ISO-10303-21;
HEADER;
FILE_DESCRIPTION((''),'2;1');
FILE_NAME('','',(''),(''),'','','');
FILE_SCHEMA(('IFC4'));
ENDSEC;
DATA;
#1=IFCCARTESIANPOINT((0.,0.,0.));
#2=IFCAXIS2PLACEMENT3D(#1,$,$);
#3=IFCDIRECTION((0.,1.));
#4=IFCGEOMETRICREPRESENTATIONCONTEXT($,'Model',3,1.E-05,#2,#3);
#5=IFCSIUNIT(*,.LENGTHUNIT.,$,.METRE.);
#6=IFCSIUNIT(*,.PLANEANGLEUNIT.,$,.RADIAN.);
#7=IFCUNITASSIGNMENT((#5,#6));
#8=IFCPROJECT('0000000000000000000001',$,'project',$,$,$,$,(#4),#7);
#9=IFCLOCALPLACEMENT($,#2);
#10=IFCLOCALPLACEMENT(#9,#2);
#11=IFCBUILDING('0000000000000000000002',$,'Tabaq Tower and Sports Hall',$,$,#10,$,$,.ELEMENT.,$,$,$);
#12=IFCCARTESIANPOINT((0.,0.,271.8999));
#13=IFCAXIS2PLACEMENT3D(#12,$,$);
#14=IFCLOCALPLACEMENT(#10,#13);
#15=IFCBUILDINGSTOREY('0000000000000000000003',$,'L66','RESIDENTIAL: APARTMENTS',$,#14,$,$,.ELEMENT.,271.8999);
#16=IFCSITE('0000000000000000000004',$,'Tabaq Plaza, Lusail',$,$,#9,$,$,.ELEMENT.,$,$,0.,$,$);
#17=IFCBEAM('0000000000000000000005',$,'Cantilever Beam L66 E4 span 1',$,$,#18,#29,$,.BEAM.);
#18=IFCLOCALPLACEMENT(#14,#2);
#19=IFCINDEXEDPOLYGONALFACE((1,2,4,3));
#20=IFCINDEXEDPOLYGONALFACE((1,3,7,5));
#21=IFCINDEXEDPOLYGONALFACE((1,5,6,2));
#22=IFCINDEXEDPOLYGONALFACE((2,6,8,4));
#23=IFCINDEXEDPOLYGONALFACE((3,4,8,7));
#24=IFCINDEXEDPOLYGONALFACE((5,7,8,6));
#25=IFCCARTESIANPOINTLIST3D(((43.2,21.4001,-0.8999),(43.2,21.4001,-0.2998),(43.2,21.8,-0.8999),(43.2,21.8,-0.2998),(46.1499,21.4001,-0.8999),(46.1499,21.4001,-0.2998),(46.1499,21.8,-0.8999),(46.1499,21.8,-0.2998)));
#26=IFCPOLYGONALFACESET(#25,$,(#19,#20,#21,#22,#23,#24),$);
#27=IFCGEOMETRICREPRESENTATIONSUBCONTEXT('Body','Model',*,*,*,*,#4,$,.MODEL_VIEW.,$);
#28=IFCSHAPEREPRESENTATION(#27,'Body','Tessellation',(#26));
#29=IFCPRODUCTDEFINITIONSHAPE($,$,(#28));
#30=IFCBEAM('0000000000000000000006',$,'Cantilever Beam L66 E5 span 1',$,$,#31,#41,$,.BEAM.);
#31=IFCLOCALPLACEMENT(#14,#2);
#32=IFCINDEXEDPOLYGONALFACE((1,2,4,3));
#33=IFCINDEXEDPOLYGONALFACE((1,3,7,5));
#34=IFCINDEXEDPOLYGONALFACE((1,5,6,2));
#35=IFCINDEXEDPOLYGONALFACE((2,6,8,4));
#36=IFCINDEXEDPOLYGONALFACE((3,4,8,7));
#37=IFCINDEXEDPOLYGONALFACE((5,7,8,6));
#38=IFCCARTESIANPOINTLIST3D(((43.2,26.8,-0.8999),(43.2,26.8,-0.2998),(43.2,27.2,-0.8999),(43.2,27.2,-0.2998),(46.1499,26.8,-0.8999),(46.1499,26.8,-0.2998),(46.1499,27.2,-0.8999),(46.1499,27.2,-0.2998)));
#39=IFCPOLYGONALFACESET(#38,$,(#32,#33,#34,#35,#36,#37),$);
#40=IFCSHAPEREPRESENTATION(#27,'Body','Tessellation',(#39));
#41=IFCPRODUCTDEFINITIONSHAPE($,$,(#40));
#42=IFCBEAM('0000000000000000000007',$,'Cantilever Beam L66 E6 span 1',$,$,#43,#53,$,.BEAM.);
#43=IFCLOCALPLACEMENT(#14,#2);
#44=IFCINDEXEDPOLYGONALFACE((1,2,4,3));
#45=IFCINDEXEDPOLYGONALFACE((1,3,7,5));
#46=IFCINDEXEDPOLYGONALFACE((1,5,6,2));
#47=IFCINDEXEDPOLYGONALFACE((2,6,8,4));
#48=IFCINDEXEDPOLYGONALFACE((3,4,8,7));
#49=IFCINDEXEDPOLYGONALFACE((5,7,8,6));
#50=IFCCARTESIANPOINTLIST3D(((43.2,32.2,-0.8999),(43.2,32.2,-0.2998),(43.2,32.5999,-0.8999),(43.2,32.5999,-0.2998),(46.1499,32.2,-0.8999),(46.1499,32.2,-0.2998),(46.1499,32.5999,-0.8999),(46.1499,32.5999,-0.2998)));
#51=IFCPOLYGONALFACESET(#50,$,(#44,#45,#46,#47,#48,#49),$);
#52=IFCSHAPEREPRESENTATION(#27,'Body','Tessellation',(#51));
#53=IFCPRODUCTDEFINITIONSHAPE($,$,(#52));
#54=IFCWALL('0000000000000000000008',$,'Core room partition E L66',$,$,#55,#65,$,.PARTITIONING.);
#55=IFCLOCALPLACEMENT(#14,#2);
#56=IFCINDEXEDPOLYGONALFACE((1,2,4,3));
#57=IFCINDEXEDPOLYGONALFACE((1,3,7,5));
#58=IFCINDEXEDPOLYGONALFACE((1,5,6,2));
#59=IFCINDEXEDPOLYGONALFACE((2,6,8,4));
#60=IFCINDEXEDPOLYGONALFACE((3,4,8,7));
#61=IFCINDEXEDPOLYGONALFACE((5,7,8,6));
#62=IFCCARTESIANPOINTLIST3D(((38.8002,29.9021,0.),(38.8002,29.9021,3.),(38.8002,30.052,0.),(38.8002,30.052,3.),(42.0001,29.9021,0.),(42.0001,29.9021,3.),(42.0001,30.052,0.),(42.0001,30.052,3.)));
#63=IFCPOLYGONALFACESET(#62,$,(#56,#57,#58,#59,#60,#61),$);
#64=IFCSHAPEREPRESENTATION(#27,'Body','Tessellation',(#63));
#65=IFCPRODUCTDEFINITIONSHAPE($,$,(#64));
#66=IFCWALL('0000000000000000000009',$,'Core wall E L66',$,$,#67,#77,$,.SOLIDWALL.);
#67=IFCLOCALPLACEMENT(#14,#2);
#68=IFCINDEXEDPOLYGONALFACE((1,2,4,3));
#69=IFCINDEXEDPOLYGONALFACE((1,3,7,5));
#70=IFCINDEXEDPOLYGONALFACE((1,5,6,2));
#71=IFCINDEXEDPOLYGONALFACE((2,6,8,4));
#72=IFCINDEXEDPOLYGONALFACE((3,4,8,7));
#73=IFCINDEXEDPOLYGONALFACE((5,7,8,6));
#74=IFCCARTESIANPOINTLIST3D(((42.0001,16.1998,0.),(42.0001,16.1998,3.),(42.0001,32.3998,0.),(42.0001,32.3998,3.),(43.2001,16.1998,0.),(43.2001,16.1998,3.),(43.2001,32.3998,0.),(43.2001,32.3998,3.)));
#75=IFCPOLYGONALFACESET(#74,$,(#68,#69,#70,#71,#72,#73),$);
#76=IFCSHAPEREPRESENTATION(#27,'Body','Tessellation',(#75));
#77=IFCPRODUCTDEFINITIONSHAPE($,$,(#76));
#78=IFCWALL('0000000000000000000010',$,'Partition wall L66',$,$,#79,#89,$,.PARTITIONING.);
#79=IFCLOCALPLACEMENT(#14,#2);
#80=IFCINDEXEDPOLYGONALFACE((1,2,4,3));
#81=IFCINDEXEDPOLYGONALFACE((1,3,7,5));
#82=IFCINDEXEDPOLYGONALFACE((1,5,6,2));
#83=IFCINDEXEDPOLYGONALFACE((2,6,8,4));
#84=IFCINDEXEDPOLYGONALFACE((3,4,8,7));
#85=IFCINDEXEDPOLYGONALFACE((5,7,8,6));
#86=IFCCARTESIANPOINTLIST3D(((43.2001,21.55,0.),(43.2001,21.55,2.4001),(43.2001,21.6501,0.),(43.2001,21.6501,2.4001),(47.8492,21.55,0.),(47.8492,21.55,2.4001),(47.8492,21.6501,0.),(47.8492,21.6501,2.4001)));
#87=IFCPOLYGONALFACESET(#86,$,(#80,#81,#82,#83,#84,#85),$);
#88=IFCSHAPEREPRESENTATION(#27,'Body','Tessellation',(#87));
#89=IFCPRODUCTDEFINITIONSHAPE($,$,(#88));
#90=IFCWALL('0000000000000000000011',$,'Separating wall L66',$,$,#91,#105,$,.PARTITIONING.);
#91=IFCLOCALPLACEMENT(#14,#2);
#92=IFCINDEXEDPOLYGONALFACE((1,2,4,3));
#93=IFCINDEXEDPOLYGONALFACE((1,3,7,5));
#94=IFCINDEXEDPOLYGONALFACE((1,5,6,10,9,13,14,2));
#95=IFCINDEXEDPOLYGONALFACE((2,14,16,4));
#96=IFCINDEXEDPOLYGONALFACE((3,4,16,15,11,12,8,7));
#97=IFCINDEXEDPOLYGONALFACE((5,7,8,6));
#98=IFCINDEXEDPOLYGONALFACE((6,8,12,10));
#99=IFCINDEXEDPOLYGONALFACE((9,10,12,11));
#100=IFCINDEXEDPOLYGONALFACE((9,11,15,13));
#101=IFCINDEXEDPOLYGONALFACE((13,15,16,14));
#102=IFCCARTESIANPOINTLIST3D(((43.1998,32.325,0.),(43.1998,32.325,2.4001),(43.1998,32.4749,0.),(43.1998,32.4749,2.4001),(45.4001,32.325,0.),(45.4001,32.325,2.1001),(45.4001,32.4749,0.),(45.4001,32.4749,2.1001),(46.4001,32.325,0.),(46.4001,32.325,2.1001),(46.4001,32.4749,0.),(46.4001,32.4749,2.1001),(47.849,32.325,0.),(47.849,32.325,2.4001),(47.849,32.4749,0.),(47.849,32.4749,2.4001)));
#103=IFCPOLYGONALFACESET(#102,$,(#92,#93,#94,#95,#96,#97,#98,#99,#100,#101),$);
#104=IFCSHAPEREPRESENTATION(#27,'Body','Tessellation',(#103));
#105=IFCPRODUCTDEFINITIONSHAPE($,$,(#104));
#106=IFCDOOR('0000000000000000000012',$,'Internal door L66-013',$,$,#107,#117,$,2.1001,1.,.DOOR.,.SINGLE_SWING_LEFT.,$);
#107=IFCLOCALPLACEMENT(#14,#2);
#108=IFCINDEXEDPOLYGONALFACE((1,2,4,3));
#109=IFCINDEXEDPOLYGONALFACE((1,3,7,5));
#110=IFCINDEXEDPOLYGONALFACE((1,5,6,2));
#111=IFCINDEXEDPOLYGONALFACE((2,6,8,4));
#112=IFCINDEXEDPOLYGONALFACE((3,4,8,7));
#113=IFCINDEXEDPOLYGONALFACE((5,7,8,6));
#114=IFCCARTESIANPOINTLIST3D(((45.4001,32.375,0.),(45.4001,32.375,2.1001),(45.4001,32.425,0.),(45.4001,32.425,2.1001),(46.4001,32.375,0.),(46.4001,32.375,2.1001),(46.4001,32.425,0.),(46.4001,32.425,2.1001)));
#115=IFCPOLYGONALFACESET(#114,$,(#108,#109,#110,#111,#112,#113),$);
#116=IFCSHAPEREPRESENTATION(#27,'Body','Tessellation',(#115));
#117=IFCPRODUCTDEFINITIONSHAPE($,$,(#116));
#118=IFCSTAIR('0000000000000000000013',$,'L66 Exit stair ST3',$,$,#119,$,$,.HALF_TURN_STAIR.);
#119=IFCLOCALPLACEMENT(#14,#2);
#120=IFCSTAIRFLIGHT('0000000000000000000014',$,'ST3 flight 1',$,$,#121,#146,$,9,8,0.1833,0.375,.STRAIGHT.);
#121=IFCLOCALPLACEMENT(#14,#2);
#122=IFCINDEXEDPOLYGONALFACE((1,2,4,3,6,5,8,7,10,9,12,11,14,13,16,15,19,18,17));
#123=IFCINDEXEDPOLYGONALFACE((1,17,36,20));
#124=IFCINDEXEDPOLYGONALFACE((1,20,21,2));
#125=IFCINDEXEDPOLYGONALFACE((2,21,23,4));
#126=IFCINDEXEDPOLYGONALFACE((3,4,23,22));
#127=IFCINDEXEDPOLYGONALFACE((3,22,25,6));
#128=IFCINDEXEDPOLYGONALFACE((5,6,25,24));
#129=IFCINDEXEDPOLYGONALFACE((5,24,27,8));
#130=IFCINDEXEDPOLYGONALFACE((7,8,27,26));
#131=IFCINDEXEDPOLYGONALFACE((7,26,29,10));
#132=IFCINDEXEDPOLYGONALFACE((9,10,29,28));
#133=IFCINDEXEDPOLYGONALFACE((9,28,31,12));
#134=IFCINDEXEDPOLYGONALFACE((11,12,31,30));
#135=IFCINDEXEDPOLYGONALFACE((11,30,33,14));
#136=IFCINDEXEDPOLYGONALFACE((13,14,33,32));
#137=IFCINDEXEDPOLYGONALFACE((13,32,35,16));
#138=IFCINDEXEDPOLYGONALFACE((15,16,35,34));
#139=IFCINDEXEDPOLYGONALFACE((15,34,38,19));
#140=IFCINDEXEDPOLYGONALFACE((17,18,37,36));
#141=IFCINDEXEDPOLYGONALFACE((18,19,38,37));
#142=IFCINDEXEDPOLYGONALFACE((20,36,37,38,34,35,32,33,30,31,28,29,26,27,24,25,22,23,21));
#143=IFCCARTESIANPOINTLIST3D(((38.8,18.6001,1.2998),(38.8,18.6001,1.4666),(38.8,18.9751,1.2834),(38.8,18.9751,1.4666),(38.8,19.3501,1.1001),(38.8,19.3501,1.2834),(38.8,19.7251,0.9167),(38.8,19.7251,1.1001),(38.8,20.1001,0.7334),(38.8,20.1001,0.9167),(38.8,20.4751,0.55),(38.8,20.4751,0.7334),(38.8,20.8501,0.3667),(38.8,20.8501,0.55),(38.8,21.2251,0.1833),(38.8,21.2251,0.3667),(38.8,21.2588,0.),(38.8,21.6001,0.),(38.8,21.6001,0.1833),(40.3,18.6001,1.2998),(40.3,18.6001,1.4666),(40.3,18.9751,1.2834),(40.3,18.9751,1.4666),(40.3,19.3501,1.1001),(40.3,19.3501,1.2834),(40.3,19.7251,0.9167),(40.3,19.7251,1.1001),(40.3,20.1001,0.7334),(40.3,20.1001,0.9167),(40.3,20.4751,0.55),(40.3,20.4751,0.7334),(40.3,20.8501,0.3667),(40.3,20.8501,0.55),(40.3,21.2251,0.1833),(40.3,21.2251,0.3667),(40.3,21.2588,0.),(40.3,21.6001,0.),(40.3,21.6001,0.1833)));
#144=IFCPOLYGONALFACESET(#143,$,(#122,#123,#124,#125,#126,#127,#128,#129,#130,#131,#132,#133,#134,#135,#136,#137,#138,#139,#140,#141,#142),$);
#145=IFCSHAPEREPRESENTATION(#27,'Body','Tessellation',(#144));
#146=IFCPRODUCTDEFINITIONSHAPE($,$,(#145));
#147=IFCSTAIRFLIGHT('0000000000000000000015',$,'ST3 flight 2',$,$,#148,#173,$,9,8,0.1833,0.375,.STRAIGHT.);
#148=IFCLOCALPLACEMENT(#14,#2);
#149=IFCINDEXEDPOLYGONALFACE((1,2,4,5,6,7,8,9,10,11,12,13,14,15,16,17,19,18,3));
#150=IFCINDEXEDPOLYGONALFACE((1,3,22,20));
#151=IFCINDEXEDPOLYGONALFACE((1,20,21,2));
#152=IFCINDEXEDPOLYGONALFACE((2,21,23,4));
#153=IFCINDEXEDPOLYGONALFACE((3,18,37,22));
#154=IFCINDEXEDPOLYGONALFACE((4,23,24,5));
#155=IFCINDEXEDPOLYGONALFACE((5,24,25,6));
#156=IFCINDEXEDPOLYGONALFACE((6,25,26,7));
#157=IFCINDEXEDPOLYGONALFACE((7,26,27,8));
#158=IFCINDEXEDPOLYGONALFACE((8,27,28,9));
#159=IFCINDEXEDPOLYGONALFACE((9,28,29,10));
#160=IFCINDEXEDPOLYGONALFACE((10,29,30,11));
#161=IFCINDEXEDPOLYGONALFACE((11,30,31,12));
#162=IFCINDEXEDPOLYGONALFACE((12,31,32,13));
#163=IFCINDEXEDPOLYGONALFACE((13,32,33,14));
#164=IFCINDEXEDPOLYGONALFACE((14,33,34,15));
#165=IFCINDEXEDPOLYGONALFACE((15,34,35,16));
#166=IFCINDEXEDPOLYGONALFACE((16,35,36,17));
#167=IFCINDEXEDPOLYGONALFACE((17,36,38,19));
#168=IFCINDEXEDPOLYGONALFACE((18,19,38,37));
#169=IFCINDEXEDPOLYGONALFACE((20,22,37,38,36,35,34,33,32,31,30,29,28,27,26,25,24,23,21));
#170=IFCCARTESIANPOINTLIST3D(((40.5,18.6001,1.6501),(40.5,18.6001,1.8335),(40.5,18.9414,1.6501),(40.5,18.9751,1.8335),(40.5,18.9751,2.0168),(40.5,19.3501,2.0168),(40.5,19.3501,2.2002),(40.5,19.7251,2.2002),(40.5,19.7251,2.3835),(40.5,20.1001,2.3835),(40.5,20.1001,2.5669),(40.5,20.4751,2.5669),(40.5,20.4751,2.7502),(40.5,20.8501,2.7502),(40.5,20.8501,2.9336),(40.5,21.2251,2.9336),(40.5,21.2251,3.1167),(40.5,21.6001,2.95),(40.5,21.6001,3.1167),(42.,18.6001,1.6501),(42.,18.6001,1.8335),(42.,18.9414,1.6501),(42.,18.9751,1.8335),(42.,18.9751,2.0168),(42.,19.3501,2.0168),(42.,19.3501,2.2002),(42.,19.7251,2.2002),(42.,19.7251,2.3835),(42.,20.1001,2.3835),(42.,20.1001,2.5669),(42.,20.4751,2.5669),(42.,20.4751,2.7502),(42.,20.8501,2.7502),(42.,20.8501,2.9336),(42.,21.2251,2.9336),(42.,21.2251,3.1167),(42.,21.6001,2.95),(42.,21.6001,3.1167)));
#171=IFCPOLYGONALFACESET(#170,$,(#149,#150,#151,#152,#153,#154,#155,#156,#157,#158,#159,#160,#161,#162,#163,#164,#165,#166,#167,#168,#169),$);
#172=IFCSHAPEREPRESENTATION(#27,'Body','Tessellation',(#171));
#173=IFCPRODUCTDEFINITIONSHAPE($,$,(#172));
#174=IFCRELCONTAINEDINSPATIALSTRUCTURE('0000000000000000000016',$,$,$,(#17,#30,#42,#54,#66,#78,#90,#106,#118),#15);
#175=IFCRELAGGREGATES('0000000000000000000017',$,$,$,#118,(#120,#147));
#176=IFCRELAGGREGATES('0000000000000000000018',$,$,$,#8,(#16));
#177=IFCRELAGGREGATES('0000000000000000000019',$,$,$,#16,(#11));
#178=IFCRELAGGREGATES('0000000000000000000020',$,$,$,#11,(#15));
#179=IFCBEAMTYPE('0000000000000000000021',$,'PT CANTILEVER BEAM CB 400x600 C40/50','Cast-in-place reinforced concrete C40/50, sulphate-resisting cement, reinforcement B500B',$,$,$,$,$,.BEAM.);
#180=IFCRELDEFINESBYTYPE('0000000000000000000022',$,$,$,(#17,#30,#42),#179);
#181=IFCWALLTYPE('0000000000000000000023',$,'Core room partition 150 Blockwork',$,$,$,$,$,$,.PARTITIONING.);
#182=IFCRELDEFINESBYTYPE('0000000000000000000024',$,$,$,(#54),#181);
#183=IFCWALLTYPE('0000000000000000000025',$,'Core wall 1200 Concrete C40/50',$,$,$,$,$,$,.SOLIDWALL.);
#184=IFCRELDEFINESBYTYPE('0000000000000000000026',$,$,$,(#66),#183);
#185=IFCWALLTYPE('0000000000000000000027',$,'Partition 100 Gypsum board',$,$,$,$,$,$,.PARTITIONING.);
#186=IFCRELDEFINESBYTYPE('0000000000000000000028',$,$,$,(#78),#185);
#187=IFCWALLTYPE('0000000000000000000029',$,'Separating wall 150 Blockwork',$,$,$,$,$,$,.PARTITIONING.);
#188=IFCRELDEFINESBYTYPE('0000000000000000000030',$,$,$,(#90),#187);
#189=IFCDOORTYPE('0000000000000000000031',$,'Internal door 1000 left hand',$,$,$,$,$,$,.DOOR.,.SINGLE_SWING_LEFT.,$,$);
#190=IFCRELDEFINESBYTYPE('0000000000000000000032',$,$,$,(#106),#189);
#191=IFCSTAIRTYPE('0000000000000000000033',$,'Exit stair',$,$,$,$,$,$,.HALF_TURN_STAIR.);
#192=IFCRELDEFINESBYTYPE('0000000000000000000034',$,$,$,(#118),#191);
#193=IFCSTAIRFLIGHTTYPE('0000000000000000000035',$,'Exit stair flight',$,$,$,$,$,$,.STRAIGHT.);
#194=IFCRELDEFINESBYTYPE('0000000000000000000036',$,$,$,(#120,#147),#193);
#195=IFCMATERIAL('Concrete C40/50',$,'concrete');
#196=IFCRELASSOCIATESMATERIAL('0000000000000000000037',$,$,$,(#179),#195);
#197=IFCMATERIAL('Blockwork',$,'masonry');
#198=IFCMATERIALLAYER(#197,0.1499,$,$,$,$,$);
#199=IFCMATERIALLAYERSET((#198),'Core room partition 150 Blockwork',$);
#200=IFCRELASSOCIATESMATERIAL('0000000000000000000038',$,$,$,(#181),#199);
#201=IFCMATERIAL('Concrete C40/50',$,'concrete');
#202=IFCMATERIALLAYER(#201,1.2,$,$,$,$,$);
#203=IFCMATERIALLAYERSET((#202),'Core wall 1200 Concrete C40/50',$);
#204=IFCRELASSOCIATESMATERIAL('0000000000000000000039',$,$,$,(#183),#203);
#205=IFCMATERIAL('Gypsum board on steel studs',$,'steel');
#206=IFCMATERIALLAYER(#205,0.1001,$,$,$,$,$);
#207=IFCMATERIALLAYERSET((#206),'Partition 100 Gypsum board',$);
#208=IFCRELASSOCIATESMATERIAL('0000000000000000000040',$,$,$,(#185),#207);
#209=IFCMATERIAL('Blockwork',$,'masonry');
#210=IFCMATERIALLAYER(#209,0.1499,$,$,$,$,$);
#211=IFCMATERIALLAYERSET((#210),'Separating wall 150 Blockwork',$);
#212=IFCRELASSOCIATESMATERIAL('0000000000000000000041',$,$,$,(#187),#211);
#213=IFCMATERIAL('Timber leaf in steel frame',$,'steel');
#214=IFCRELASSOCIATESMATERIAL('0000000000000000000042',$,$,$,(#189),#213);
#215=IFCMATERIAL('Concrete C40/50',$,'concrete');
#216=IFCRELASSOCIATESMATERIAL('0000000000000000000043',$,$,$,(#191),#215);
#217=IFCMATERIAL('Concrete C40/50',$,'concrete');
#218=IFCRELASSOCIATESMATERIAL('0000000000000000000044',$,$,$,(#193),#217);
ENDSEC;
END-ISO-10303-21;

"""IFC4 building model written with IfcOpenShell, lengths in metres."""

from ifc_helpers import new_model, si_unit, direction, frame, frame_2d, origin, origin_2d, place, context, subcontext, project, spatial, polyline, rectangle, outline, extrude, material, layer, layer_set, material_profile, profile_set, type_object, element, fill, aggregate, save


model = new_model("IFC4")

# Units and contexts
model_context = context("Model", 3, precision=1e-05, world=origin(), true_north=direction((0.0, 1.0)))
body_context = subcontext(model_context, "Body", "Model", "MODEL_VIEW")
ifc_project = project(units=[si_unit("LENGTHUNIT", "METRE"), si_unit("PLANEANGLEUNIT", "RADIAN")], contexts=[model_context])

# Site, building, storey
site_placement = place(None, origin())
site = spatial("IfcSite", under=ifc_project, at=site_placement, Name="Tabaq Plaza, Lusail", CompositionType="ELEMENT", RefElevation=0.0)
building_placement = place(site_placement, origin())
building = spatial("IfcBuilding", under=site, at=building_placement, Name="Tabaq Tower and Sports Hall", CompositionType="ELEMENT")
storey_placement = place(building_placement, frame((0.0, 0.0, 271.8999)))
storey = spatial("IfcBuildingStorey", under=building, at=storey_placement, Name="L66", Description="RESIDENTIAL: APARTMENTS", CompositionType="ELEMENT", Elevation=271.8999)

# Beams
ifc_material_1 = material(Name="Concrete C40/50", Category="concrete")
ifc_material_profile = material_profile(ifc_material_1, rectangle(XDim=0.3999, YDim=0.6001, at=origin_2d()), Name="CB 400x600")
ifc_profile_set = profile_set([ifc_material_profile], Name="Concrete C40/50")
beam_type = type_object("IfcBeamType", Name="PT CANTILEVER BEAM CB 400x600 C40/50", Description="Cast-in-place reinforced concrete C40/50, sulphate-resisting cement, reinforcement B500B", PredefinedType="BEAM", material=ifc_profile_set)
for number, where, z_axis, x_axis, name in (
    (1, (46.1499, 21.6001, -0.5999), (-1.0, 0.0, 0.0), (0.0, -1.0, 0.0), "Cantilever Beam L66 E4 span 1"),
    (2, (46.1499, 27.0, -0.5999), (-1.0, 0.0, 0.0), (0.0, -1.0, 0.0), "Cantilever Beam L66 E5 span 1"),
    (3, (46.1499, 32.3999, -0.5999), (-1.0, 0.0, 0.0), (0.0, -1.0, 0.0), "Cantilever Beam L66 E6 span 1"),
):
    element("IfcBeam", number, at=place(storey_placement, frame(where, z_axis=z_axis, x_axis=x_axis)), inside=storey, type_object=beam_type, Name=name, PredefinedType="BEAM", context=body_context, shape_type="SweptSolid", body=[
        extrude(rectangle(XDim=0.3999, YDim=0.6001, at=origin_2d()), origin(), (0.0, 0.0, 1.0), 2.95),
    ])

# Walls
ifc_material_2 = material(Name="Blockwork", Category="masonry")
ifc_layer_1 = layer(ifc_material_2, 0.1499)
ifc_layer_set_1 = layer_set([ifc_layer_1], Name="Core room partition 150 Blockwork")
wall_type_1 = type_object("IfcWallType", Name="Core room partition 150 Blockwork", PredefinedType="PARTITIONING", material=ifc_layer_set_1)
wall_1_placement = place(storey_placement, frame((38.8, 29.9771, 0.0), z_axis=(0.0, 0.0, 1.0), x_axis=(1.0, 0.0, 0.0)))
element("IfcWall", 4, at=wall_1_placement, inside=storey, type_object=wall_type_1, Name="Core room partition E L66", PredefinedType="PARTITIONING", context=body_context, shape_type="SweptSolid", body=[
    extrude(rectangle(XDim=3.2, YDim=0.1499, at=frame_2d((1.6001, 0.0))), origin(), (0.0, 0.0, 1.0), 3.0),
])
ifc_material_3 = material(Name="Concrete C40/50", Category="concrete")
ifc_layer_2 = layer(ifc_material_3, 1.2)
ifc_layer_set_2 = layer_set([ifc_layer_2], Name="Core wall 1200 Concrete C40/50")
wall_type_2 = type_object("IfcWallType", Name="Core wall 1200 Concrete C40/50", PredefinedType="SOLIDWALL", material=ifc_layer_set_2)
wall_2_placement = place(storey_placement, frame((42.6001, 32.3999, 0.0), z_axis=(0.0, 0.0, 1.0), x_axis=(0.0, -1.0, 0.0)))
element("IfcWall", 5, at=wall_2_placement, inside=storey, type_object=wall_type_2, Name="Core wall E L66", PredefinedType="SOLIDWALL", context=body_context, shape_type="SweptSolid", body=[
    extrude(rectangle(XDim=16.2, YDim=1.2, at=frame_2d((8.1001, 0.0))), origin(), (0.0, 0.0, 1.0), 3.0),
])
ifc_material_4 = material(Name="Gypsum board on steel studs", Category="steel")
ifc_layer_3 = layer(ifc_material_4, 0.1001)
ifc_layer_set_3 = layer_set([ifc_layer_3], Name="Partition 100 Gypsum board")
wall_type_3 = type_object("IfcWallType", Name="Partition 100 Gypsum board", PredefinedType="PARTITIONING", material=ifc_layer_set_3)
wall_3_placement = place(storey_placement, frame((43.2, 21.6001, 0.0), z_axis=(0.0, 0.0, 1.0), x_axis=(1.0, 0.0, 0.0)))
element("IfcWall", 6, at=wall_3_placement, inside=storey, type_object=wall_type_3, Name="Partition wall L66", PredefinedType="PARTITIONING", context=body_context, shape_type="SweptSolid", body=[
    extrude(rectangle(XDim=4.6492, YDim=0.1001, at=frame_2d((2.3247, 0.0))), origin(), (0.0, 0.0, 1.0), 2.4001),
])

# Wall, opening, door
ifc_material_5 = material(Name="Blockwork", Category="masonry")
ifc_layer_4 = layer(ifc_material_5, 0.1499)
ifc_layer_set_4 = layer_set([ifc_layer_4], Name="Separating wall 150 Blockwork")
wall_type_4 = type_object("IfcWallType", Name="Separating wall 150 Blockwork", PredefinedType="PARTITIONING", material=ifc_layer_set_4)
wall_4_placement = place(storey_placement, frame((47.8491, 32.3999, 0.0), z_axis=(0.0, 0.0, 1.0), x_axis=(-1.0, 0.0, 0.0)))
wall_4 = element("IfcWall", 7, at=wall_4_placement, inside=storey, type_object=wall_type_4, Name="Separating wall L66", PredefinedType="PARTITIONING", context=body_context, shape_type="SweptSolid", body=[
    extrude(rectangle(XDim=4.6492, YDim=0.1499, at=frame_2d((2.3247, 0.0))), origin(), (0.0, 0.0, 1.0), 2.4001),
])
opening_placement = place(wall_4_placement, frame((1.449, 0.0, 0.0)))
opening = element("IfcOpeningElement", 8, at=opening_placement, cuts=wall_4, PredefinedType="OPENING", context=body_context, shape_type="SweptSolid", body=[
    extrude(rectangle(XDim=1.0, YDim=2.1001, at=frame_2d((0.5, 1.05))), frame((0.0, 0.075, 0.0), z_axis=(0.0, -1.0, 0.0), x_axis=(1.0, 0.0, 0.0)), (0.0, 0.0, 1.0), 0.1499),
])
ifc_material_6 = material(Name="Timber leaf in steel frame", Category="steel")
door_type = type_object("IfcDoorType", Name="Internal door 1000 left hand", OperationType="SINGLE_SWING_LEFT", PredefinedType="DOOR", material=ifc_material_6)
door_placement = place(opening_placement, origin())
door = element("IfcDoor", 9, at=door_placement, inside=storey, type_object=door_type, Name="Internal door L66-013", OperationType="SINGLE_SWING_LEFT", OverallHeight=2.1001, OverallWidth=1.0, PredefinedType="DOOR", context=body_context, shape_type="SweptSolid", body=[
    extrude(rectangle(XDim=1.0, YDim=2.1001, at=frame_2d((0.5, 1.05))), frame((0.0, 0.0249, 0.0), z_axis=(0.0, -1.0, 0.0), x_axis=(1.0, 0.0, 0.0)), (0.0, 0.0, 1.0), 0.05),
])
fill(opening, door)

# Stair, stair flights
ifc_material_7 = material(Name="Concrete C40/50", Category="concrete")
stair_type = type_object("IfcStairType", Name="Exit stair", PredefinedType="HALF_TURN_STAIR", material=ifc_material_7)
stair_placement = place(storey_placement, origin())
stair = element("IfcStair", 10, at=stair_placement, inside=storey, type_object=stair_type, Name="L66 Exit stair ST3", PredefinedType="HALF_TURN_STAIR")
ifc_material_8 = material(Name="Concrete C40/50", Category="concrete")
stair_flight_type = type_object("IfcStairFlightType", Name="Exit stair flight", PredefinedType="STRAIGHT", material=ifc_material_8)
stair_flight_1_placement = place(storey_placement, frame((39.55, 21.6001, 0.0), z_axis=(0.0, 0.0, 1.0), x_axis=(0.0, -1.0, 0.0)))
stair_flight_1 = element("IfcStairFlight", 11, at=stair_flight_1_placement, type_object=stair_flight_type, Name="ST3 flight 1", NumberOfRisers=9, NumberOfTreads=8, PredefinedType="STRAIGHT", RiserHeight=0.1833, TreadLength=0.375, context=body_context, shape_type="SweptSolid", body=[
    extrude(outline(polyline([(0.0, 0.0), (0.0, 0.1833), (0.375, 0.1833), (0.375, 0.3667), (0.75, 0.3667), (0.75, 0.55), (1.125, 0.55), (1.125, 0.7334), (1.5, 0.7334), (1.5, 0.9167), (1.875, 0.9167), (1.875, 1.1001), (2.25, 1.1001), (2.25, 1.2834), (2.625, 1.2834), (2.625, 1.4666), (3.0, 1.4666), (3.0, 1.6499), (3.0, 1.2998), (0.3413, 0.0), (0.0, 0.0)])), frame((0.0, 0.75, 0.0), z_axis=(0.0, -1.0, 0.0), x_axis=(1.0, 0.0, 0.0)), (0.0, 0.0, 1.0), 1.5),
])
stair_flight_2_placement = place(storey_placement, frame((41.25, 18.6001, 1.6501), z_axis=(0.0, 0.0, 1.0), x_axis=(0.0, 1.0, 0.0)))
stair_flight_2 = element("IfcStairFlight", 12, at=stair_flight_2_placement, type_object=stair_flight_type, Name="ST3 flight 2", NumberOfRisers=9, NumberOfTreads=8, PredefinedType="STRAIGHT", RiserHeight=0.1833, TreadLength=0.375, context=body_context, shape_type="SweptSolid", body=[
    extrude(outline(polyline([(0.0, 0.0), (0.0, 0.1833), (0.375, 0.1833), (0.375, 0.3667), (0.75, 0.3667), (0.75, 0.55), (1.125, 0.55), (1.125, 0.7334), (1.5, 0.7334), (1.5, 0.9167), (1.875, 0.9167), (1.875, 1.1001), (2.25, 1.1001), (2.25, 1.2834), (2.625, 1.2834), (2.625, 1.4666), (3.0, 1.4666), (3.0, 1.6499), (3.0, 1.2998), (0.3413, 0.0), (0.0, 0.0)])), frame((0.0, 0.75, 0.0), z_axis=(0.0, -1.0, 0.0), x_axis=(1.0, 0.0, 0.0)), (0.0, 0.0, 1.0), 1.5),
])
aggregate(stair, [stair_flight_1, stair_flight_2])

save(model, "model.ifc")
